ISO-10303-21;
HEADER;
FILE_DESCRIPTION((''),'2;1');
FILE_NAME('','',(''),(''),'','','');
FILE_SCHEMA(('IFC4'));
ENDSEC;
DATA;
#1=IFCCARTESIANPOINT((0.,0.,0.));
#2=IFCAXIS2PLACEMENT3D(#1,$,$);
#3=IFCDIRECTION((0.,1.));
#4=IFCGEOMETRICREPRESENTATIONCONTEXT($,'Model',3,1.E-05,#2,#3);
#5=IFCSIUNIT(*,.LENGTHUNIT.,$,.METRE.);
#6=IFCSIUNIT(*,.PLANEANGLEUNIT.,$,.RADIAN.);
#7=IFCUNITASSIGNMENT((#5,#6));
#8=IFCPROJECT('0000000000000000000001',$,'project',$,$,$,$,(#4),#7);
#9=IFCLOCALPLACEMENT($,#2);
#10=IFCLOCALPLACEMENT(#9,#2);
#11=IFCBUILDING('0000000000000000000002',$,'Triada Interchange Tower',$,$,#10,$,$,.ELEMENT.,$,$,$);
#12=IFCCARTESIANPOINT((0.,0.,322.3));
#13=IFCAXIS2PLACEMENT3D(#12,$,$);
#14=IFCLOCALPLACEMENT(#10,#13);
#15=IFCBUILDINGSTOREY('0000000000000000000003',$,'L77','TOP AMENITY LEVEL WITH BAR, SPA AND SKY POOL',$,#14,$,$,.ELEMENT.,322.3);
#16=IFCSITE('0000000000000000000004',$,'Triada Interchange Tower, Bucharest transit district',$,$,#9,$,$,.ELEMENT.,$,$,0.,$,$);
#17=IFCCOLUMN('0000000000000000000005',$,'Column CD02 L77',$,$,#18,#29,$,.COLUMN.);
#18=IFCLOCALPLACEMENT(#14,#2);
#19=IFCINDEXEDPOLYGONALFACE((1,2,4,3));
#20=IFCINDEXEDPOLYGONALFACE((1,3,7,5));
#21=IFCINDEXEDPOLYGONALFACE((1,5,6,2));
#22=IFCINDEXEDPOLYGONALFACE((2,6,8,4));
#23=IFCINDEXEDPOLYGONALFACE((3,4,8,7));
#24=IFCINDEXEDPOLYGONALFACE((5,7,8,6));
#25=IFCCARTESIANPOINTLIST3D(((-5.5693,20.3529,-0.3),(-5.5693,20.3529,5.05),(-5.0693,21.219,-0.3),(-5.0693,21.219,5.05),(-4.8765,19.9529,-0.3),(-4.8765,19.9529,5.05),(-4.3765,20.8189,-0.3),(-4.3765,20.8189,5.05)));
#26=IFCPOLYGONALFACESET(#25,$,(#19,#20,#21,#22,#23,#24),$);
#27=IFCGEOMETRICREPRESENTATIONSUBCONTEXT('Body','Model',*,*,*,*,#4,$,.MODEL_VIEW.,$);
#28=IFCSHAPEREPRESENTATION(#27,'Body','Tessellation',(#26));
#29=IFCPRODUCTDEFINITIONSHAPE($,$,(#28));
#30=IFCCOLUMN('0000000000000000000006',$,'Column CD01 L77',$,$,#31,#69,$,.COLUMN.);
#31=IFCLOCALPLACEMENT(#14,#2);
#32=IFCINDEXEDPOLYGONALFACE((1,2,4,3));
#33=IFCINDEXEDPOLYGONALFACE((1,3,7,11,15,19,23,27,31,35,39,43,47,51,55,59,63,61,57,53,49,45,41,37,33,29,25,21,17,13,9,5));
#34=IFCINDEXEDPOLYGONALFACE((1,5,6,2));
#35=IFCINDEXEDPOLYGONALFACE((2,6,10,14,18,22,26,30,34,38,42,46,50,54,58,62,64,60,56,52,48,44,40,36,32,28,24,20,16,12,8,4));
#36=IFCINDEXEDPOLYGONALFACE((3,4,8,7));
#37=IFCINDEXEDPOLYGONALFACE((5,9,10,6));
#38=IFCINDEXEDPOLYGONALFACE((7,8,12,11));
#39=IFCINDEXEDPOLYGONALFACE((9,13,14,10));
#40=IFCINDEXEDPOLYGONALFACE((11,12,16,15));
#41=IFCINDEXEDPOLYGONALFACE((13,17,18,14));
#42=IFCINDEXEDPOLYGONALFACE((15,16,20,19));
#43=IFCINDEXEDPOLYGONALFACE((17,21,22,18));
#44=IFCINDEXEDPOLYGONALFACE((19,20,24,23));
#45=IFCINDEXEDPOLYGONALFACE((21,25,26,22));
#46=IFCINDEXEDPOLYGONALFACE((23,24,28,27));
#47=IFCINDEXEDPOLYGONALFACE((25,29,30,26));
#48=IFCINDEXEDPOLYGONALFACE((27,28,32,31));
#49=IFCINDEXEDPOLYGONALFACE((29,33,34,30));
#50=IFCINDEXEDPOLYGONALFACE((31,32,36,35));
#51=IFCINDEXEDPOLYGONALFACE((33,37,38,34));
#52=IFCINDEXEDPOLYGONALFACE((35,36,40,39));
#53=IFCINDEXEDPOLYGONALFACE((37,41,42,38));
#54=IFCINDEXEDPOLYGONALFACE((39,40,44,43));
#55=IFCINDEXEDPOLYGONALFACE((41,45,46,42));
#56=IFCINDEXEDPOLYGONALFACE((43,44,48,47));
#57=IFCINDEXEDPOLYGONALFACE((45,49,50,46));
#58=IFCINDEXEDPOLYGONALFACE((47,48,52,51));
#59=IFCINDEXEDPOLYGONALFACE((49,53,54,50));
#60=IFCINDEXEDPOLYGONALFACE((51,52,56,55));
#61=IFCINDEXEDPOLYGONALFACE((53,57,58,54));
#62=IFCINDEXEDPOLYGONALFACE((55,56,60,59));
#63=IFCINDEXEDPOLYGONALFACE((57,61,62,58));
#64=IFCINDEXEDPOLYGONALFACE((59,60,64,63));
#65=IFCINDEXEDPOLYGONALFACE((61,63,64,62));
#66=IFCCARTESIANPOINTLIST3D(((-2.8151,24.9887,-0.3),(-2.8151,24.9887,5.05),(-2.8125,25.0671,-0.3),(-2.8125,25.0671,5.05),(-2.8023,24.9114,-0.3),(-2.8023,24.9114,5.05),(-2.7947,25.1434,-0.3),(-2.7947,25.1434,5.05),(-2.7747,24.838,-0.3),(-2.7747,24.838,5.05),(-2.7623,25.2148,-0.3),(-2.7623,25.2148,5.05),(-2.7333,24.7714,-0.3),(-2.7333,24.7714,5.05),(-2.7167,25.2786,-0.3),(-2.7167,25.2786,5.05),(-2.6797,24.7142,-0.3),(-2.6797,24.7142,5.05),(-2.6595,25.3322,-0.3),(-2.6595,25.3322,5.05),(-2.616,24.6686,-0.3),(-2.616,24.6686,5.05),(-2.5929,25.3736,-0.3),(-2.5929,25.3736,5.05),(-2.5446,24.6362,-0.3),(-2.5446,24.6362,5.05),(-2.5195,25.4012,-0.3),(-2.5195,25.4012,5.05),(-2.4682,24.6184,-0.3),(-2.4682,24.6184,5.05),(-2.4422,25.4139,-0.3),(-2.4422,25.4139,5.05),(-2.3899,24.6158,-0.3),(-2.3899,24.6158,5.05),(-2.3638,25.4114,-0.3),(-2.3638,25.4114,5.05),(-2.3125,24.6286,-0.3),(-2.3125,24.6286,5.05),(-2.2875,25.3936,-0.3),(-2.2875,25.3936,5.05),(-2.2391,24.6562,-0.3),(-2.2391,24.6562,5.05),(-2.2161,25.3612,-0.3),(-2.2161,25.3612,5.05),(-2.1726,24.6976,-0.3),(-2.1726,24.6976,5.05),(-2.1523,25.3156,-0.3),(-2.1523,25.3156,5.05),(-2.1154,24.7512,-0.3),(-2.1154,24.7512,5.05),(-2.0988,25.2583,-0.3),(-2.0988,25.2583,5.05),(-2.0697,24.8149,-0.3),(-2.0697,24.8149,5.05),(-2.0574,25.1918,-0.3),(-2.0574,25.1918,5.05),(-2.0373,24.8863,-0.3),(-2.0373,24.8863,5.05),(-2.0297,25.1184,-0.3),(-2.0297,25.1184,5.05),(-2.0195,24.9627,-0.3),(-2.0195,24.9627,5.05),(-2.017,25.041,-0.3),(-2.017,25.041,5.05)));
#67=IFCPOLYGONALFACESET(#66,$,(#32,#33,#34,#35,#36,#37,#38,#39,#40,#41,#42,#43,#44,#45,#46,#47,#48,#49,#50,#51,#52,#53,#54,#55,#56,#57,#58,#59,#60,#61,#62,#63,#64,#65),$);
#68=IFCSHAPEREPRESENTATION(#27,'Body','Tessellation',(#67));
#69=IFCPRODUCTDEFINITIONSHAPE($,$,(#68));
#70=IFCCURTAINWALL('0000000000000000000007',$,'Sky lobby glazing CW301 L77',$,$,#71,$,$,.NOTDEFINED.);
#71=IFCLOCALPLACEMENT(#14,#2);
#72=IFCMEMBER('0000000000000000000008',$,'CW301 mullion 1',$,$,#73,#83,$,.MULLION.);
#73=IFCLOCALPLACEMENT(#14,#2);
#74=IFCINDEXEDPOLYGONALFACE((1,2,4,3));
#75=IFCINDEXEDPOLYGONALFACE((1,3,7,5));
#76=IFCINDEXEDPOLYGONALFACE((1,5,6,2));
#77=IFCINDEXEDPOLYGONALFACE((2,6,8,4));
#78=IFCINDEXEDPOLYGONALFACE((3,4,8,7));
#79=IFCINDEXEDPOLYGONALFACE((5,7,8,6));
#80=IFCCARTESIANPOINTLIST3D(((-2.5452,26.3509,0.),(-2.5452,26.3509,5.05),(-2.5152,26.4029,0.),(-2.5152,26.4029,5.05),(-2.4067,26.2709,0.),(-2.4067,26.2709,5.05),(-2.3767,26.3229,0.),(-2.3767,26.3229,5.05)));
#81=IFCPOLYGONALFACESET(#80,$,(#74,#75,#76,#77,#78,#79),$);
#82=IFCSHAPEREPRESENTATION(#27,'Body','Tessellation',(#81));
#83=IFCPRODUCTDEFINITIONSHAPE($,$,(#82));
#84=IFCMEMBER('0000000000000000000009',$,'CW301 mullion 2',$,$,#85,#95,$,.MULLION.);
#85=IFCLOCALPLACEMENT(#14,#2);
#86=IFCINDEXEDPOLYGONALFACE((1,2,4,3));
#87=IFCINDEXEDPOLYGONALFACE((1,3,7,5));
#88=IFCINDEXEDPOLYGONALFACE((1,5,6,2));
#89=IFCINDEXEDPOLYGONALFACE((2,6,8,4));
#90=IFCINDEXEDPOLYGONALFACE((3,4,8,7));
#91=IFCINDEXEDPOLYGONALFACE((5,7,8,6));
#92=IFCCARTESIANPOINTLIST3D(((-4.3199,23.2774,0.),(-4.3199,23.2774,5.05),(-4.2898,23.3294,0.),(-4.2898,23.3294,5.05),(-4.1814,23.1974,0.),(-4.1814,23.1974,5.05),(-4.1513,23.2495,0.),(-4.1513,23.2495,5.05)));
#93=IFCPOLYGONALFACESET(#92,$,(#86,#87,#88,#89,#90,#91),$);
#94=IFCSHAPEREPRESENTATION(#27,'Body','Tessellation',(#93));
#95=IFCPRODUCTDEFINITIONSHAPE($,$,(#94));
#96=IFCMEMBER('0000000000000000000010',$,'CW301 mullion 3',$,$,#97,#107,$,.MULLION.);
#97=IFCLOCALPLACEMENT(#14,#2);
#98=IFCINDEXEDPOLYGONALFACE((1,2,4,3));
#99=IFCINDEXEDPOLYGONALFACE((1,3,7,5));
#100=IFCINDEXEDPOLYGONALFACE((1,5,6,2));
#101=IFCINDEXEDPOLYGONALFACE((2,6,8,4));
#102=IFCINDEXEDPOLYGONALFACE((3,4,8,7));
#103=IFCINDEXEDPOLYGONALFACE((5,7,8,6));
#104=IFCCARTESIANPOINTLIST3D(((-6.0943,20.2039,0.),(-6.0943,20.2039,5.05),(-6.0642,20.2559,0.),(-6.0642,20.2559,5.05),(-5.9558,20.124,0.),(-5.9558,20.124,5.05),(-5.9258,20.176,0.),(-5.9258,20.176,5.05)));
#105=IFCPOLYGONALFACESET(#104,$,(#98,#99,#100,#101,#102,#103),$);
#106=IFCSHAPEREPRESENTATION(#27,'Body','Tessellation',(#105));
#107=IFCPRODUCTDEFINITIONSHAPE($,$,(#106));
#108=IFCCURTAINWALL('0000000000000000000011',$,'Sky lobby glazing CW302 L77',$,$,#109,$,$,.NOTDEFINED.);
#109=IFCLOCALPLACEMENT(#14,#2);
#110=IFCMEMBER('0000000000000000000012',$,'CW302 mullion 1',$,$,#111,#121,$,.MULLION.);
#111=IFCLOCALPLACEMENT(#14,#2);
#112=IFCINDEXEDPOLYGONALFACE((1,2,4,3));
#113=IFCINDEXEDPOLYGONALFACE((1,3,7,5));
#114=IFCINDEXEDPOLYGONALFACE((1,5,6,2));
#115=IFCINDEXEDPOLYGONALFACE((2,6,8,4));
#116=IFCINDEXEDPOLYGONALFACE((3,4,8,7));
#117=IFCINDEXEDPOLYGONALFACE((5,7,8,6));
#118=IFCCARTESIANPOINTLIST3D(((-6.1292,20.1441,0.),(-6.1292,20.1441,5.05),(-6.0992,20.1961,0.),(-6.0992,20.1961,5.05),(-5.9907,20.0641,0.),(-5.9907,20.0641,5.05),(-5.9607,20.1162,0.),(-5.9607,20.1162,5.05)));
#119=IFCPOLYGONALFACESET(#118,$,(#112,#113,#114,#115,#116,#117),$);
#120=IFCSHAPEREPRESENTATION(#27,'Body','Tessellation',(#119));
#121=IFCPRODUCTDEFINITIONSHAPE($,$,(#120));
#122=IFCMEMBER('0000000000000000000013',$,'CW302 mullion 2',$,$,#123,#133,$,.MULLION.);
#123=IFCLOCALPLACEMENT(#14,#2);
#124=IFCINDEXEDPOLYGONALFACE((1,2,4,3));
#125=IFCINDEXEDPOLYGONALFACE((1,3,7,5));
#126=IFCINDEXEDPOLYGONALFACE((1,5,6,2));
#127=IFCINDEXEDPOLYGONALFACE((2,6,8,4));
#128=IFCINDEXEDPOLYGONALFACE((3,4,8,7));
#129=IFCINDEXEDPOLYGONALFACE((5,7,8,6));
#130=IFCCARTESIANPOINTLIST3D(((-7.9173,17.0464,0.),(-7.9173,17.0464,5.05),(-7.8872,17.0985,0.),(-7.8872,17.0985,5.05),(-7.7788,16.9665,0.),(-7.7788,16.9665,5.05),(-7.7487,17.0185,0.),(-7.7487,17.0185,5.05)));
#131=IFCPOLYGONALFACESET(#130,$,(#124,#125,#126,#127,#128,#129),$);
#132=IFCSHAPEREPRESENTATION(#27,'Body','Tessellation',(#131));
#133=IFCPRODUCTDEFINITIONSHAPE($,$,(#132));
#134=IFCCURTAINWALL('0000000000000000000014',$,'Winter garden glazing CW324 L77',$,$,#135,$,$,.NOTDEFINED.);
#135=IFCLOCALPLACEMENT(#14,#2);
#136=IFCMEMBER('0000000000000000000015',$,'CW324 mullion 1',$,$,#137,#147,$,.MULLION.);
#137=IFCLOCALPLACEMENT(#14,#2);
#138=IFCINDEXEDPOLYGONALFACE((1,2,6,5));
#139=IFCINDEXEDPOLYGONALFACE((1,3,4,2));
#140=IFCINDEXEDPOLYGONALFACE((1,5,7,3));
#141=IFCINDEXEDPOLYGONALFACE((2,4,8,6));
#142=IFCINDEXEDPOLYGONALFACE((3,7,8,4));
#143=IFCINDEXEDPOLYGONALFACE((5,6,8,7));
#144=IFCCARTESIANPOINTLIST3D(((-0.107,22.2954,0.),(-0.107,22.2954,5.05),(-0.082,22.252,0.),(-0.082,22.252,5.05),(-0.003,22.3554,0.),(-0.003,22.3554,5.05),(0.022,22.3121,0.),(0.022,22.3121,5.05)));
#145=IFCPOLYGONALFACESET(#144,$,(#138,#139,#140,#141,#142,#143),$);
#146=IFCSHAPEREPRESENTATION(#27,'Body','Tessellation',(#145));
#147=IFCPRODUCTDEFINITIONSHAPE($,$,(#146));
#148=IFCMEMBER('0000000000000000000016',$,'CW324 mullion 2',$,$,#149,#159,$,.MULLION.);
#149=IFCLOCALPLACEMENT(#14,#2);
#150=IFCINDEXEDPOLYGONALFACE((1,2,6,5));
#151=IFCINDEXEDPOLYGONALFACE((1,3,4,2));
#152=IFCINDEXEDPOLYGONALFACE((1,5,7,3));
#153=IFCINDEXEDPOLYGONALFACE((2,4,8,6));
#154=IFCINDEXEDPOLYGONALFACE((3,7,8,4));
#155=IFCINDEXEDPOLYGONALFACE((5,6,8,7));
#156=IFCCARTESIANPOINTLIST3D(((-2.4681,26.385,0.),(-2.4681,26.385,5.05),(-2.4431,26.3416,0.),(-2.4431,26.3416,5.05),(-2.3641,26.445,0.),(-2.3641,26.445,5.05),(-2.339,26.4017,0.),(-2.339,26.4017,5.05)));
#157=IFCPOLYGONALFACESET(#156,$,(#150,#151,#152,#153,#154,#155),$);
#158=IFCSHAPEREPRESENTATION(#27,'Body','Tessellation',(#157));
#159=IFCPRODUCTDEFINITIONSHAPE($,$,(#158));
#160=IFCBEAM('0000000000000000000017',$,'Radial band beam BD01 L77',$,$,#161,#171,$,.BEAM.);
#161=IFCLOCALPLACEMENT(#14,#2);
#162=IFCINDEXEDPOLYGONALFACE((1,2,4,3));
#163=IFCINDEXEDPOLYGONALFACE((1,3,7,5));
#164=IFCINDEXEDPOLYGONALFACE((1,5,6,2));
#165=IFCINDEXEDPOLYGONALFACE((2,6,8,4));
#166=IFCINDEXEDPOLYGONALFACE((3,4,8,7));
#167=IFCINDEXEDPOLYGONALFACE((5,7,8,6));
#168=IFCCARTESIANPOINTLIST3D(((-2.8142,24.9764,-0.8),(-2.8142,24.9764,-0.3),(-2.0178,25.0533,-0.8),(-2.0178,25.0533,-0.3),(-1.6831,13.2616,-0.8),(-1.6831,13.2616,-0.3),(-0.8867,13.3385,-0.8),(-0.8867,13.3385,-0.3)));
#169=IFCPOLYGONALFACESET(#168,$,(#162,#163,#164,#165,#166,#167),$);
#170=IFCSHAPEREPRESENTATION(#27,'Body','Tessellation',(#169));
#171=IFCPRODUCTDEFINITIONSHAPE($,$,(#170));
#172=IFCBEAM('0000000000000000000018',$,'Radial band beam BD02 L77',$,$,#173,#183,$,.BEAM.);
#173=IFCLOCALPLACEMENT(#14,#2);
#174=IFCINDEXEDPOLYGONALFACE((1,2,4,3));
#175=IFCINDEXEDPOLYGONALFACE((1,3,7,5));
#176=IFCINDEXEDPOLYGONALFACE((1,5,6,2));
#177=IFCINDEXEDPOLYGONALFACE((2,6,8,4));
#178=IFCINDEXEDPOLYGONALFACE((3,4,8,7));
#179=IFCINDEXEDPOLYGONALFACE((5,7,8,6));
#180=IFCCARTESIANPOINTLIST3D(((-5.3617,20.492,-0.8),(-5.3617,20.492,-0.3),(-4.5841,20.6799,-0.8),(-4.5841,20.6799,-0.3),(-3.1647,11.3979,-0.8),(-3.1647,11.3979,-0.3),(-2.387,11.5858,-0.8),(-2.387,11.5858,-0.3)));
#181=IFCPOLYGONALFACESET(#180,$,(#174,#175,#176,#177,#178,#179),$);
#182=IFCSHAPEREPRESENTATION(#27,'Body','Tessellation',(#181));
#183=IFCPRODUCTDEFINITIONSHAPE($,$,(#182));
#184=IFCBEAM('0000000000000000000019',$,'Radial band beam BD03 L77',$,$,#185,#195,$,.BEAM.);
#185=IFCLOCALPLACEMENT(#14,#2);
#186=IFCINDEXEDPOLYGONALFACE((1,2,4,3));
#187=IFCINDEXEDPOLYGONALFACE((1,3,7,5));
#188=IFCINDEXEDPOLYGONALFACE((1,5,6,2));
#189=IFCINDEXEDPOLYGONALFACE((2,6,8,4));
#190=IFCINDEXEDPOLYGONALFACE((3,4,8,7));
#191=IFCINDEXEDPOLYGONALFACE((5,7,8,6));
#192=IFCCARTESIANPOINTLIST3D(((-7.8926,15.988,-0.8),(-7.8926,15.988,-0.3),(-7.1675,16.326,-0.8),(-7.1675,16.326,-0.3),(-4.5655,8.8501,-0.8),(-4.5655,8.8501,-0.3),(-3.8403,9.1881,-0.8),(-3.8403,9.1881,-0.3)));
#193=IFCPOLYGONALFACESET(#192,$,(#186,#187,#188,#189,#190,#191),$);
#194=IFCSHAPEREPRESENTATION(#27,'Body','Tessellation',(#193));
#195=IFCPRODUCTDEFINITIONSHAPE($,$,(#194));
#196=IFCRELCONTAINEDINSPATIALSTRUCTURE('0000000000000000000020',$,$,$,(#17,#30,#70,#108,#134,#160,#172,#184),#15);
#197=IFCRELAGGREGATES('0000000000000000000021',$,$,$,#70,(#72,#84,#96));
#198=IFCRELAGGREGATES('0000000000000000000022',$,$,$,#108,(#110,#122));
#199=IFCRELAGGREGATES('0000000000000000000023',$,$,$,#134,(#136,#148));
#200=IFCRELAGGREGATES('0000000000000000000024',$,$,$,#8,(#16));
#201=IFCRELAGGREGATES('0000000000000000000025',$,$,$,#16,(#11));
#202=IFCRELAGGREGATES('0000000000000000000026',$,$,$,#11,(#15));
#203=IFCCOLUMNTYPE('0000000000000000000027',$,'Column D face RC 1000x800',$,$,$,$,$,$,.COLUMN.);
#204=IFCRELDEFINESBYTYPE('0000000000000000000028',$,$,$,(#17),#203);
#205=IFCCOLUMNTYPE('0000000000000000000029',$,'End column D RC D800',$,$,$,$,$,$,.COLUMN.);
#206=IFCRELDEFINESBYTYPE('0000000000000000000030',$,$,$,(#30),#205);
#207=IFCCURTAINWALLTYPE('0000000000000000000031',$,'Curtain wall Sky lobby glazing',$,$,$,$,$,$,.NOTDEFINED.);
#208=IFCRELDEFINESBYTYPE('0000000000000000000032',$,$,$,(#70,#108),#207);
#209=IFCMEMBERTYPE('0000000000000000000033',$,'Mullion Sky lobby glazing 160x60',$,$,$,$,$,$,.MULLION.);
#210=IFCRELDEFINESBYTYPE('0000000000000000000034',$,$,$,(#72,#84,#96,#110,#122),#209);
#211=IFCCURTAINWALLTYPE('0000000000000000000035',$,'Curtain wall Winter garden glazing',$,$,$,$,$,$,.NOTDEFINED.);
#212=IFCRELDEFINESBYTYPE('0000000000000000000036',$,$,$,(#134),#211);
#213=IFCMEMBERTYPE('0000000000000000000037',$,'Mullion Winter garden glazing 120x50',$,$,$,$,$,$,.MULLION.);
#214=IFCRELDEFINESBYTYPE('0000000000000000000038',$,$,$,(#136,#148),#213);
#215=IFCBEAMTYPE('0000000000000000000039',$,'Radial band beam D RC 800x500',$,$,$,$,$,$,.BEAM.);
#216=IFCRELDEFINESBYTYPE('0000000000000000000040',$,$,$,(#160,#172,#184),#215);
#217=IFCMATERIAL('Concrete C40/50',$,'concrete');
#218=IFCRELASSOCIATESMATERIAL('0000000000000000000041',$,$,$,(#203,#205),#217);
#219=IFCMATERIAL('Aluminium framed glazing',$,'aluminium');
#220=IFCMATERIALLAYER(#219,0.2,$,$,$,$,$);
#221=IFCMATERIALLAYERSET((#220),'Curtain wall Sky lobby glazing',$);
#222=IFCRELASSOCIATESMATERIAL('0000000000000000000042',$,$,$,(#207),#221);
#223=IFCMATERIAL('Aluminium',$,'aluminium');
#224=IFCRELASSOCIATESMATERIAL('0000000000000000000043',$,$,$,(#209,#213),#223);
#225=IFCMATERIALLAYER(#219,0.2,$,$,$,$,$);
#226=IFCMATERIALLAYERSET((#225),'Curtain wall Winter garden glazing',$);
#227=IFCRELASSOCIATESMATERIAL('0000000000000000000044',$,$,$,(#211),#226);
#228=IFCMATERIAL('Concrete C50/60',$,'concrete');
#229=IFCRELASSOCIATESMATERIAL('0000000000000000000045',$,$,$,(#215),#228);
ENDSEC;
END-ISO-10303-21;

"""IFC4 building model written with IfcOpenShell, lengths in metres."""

from ifc_helpers import new_model, si_unit, direction, frame, origin, origin_2d, place, context, subcontext, project, spatial, rectangle, circle, extrude, material, layer, layer_set, material_profile, profile_set, type_object, element, aggregate, save


model = new_model("IFC4")

# Units and contexts
model_context = context("Model", 3, precision=1e-05, world=origin(), true_north=direction((0.0, 1.0)))
body_context = subcontext(model_context, "Body", "Model", "MODEL_VIEW")
ifc_project = project(units=[si_unit("LENGTHUNIT", "METRE"), si_unit("PLANEANGLEUNIT", "RADIAN")], contexts=[model_context])

# Site, building, storey
site_placement = place(None, origin())
site = spatial("IfcSite", under=ifc_project, at=site_placement, Name="Triada Interchange Tower, Bucharest transit district", CompositionType="ELEMENT", RefElevation=0.0)
building_placement = place(site_placement, origin())
building = spatial("IfcBuilding", under=site, at=building_placement, Name="Triada Interchange Tower", CompositionType="ELEMENT")
storey_placement = place(building_placement, frame((0.0, 0.0, 322.3)))
storey = spatial("IfcBuildingStorey", under=building, at=storey_placement, Name="L77", Description="TOP AMENITY LEVEL WITH BAR, SPA AND SKY POOL", CompositionType="ELEMENT", Elevation=322.3)

# Columns
ifc_material_1 = material(Name="Concrete C40/50", Category="concrete")
ifc_material_profile_1 = material_profile(ifc_material_1, rectangle(XDim=1.0, YDim=0.8, at=origin_2d()), Name="RC 1000x800")
ifc_profile_set_1 = profile_set([ifc_material_profile_1], Name="Concrete C40/50")
column_type_1 = type_object("IfcColumnType", Name="Column D face RC 1000x800", PredefinedType="COLUMN", material=ifc_profile_set_1)
column_1_placement = place(storey_placement, frame((-4.9729, 20.5859, -0.3), z_axis=(0.0, 0.0, 1.0), x_axis=(0.5, 0.866025, 0.0)))
element("IfcColumn", 1, at=column_1_placement, inside=storey, type_object=column_type_1, Name="Column CD02 L77", PredefinedType="COLUMN", context=body_context, shape_type="SweptSolid", body=[
    extrude(rectangle(XDim=1.0, YDim=0.8, at=origin_2d()), origin(), (0.0, 0.0, 1.0), 5.3501),
])
ifc_material_profile_2 = material_profile(ifc_material_1, circle(Radius=0.3999, at=origin_2d()), Name="RC D800")
ifc_profile_set_2 = profile_set([ifc_material_profile_2], Name="Concrete C40/50")
column_type_2 = type_object("IfcColumnType", Name="End column D RC D800", PredefinedType="COLUMN", material=ifc_profile_set_2)
column_2_placement = place(storey_placement, frame((-2.416, 25.0149, -0.3), z_axis=(0.0, 0.0, 1.0), x_axis=(0.5, 0.866025, 0.0)))
element("IfcColumn", 2, at=column_2_placement, inside=storey, type_object=column_type_2, Name="Column CD01 L77", PredefinedType="COLUMN", context=body_context, shape_type="SweptSolid", body=[
    extrude(circle(Radius=0.3999, at=origin_2d()), origin(), (0.0, 0.0, 1.0), 5.3501),
])

# Curtain walls, members
ifc_material_2 = material(Name="Aluminium framed glazing", Category="aluminium")
ifc_layer_1 = layer(ifc_material_2, 0.2)
ifc_layer_set_1 = layer_set([ifc_layer_1], Name="Curtain wall Sky lobby glazing")
curtain_wall_type_1 = type_object("IfcCurtainWallType", Name="Curtain wall Sky lobby glazing", PredefinedType="NOTDEFINED", material=ifc_layer_set_1)
curtain_wall_1_placement = place(storey_placement, origin())
curtain_wall_1 = element("IfcCurtainWall", 3, at=curtain_wall_1_placement, inside=storey, type_object=curtain_wall_type_1, Name="Sky lobby glazing CW301 L77", PredefinedType="NOTDEFINED")
ifc_material_3 = material(Name="Aluminium", Category="aluminium")
ifc_material_profile_3 = material_profile(ifc_material_3, rectangle(XDim=0.1599, YDim=0.0601, at=origin_2d()), Name="Aluminium mullion")
ifc_profile_set_3 = profile_set([ifc_material_profile_3], Name="Aluminium")
member_type_1 = type_object("IfcMemberType", Name="Mullion Sky lobby glazing 160x60", PredefinedType="MULLION", material=ifc_profile_set_3)
member_1_placement = place(storey_placement, frame((-2.4609, 26.3369, 0.0), z_axis=(0.0, 0.0, 1.0), x_axis=(0.866025, -0.500001, 0.0)))
member_1 = element("IfcMember", 4, at=member_1_placement, type_object=member_type_1, Name="CW301 mullion 1", PredefinedType="MULLION", context=body_context, shape_type="SweptSolid", body=[
    extrude(rectangle(XDim=0.1599, YDim=0.0601, at=origin_2d()), origin(), (0.0, 0.0, 1.0), 5.05),
])
member_2_placement = place(storey_placement, frame((-4.2356, 23.2634, 0.0), z_axis=(0.0, 0.0, 1.0), x_axis=(0.866025, -0.500001, 0.0)))
member_2 = element("IfcMember", 5, at=member_2_placement, type_object=member_type_1, Name="CW301 mullion 2", PredefinedType="MULLION", context=body_context, shape_type="SweptSolid", body=[
    extrude(rectangle(XDim=0.1599, YDim=0.0601, at=origin_2d()), origin(), (0.0, 0.0, 1.0), 5.05),
])
member_3_placement = place(storey_placement, frame((-6.01, 20.1899, 0.0), z_axis=(0.0, 0.0, 1.0), x_axis=(0.866025, -0.500001, 0.0)))
member_3 = element("IfcMember", 6, at=member_3_placement, type_object=member_type_1, Name="CW301 mullion 3", PredefinedType="MULLION", context=body_context, shape_type="SweptSolid", body=[
    extrude(rectangle(XDim=0.1599, YDim=0.0601, at=origin_2d()), origin(), (0.0, 0.0, 1.0), 5.05),
])
curtain_wall_2_placement = place(storey_placement, origin())
curtain_wall_2 = element("IfcCurtainWall", 7, at=curtain_wall_2_placement, inside=storey, type_object=curtain_wall_type_1, Name="Sky lobby glazing CW302 L77", PredefinedType="NOTDEFINED")
member_4_placement = place(storey_placement, frame((-6.0449, 20.1301, 0.0), z_axis=(0.0, 0.0, 1.0), x_axis=(0.866068, -0.499926, 0.0)))
member_4 = element("IfcMember", 8, at=member_4_placement, type_object=member_type_1, Name="CW302 mullion 1", PredefinedType="MULLION", context=body_context, shape_type="SweptSolid", body=[
    extrude(rectangle(XDim=0.1599, YDim=0.0601, at=origin_2d()), origin(), (0.0, 0.0, 1.0), 5.05),
])
member_5_placement = place(storey_placement, frame((-7.833, 17.0325, 0.0), z_axis=(0.0, 0.0, 1.0), x_axis=(0.866068, -0.499926, 0.0)))
member_5 = element("IfcMember", 9, at=member_5_placement, type_object=member_type_1, Name="CW302 mullion 2", PredefinedType="MULLION", context=body_context, shape_type="SweptSolid", body=[
    extrude(rectangle(XDim=0.1599, YDim=0.0601, at=origin_2d()), origin(), (0.0, 0.0, 1.0), 5.05),
])
ifc_layer_2 = layer(ifc_material_2, 0.2)
ifc_layer_set_2 = layer_set([ifc_layer_2], Name="Curtain wall Winter garden glazing")
curtain_wall_type_2 = type_object("IfcCurtainWallType", Name="Curtain wall Winter garden glazing", PredefinedType="NOTDEFINED", material=ifc_layer_set_2)
curtain_wall_3_placement = place(storey_placement, origin())
curtain_wall_3 = element("IfcCurtainWall", 10, at=curtain_wall_3_placement, inside=storey, type_object=curtain_wall_type_2, Name="Winter garden glazing CW324 L77", PredefinedType="NOTDEFINED")
ifc_material_profile_4 = material_profile(ifc_material_3, rectangle(XDim=0.1201, YDim=0.05, at=origin_2d()), Name="Aluminium mullion")
ifc_profile_set_4 = profile_set([ifc_material_profile_4], Name="Aluminium")
member_type_2 = type_object("IfcMemberType", Name="Mullion Winter garden glazing 120x50", PredefinedType="MULLION", material=ifc_profile_set_4)
member_6_placement = place(storey_placement, frame((-0.0425, 22.3037, 0.0), z_axis=(0.0, 0.0, 1.0), x_axis=(-0.866043, -0.49997, 0.0)))
member_6 = element("IfcMember", 11, at=member_6_placement, type_object=member_type_2, Name="CW324 mullion 1", PredefinedType="MULLION", context=body_context, shape_type="SweptSolid", body=[
    extrude(rectangle(XDim=0.1201, YDim=0.05, at=origin_2d()), origin(), (0.0, 0.0, 1.0), 5.05),
])
member_7_placement = place(storey_placement, frame((-2.4036, 26.3933, 0.0), z_axis=(0.0, 0.0, 1.0), x_axis=(-0.866043, -0.49997, 0.0)))
member_7 = element("IfcMember", 12, at=member_7_placement, type_object=member_type_2, Name="CW324 mullion 2", PredefinedType="MULLION", context=body_context, shape_type="SweptSolid", body=[
    extrude(rectangle(XDim=0.1201, YDim=0.05, at=origin_2d()), origin(), (0.0, 0.0, 1.0), 5.05),
])

# Beams
ifc_material_4 = material(Name="Concrete C50/60", Category="concrete")
ifc_material_profile_5 = material_profile(ifc_material_4, rectangle(XDim=0.8, YDim=0.5, at=origin_2d()), Name="RC 800x500")
ifc_profile_set_5 = profile_set([ifc_material_profile_5], Name="Concrete C50/60")
beam_type_1 = type_object("IfcBeamType", Name="Radial band beam D RC 800x500", PredefinedType="BEAM", material=ifc_profile_set_5)
beam_1_placement = place(storey_placement, frame((-2.416, 25.0149, -0.55), z_axis=(0.096106, -0.995371, 0.0), x_axis=(0.995371, 0.096106, 0.0)))
element("IfcBeam", 13, at=beam_1_placement, inside=storey, type_object=beam_type_1, Name="Radial band beam BD01 L77", PredefinedType="BEAM", context=body_context, shape_type="SweptSolid", body=[
    extrude(rectangle(XDim=0.8, YDim=0.5, at=origin_2d()), origin(), (0.0, 0.0, 1.0), 11.7693),
])
beam_2_placement = place(storey_placement, frame((-4.9729, 20.5859, -0.55), z_axis=(0.234834, -0.972035, 0.0), x_axis=(0.972035, 0.234834, 0.0)))
element("IfcBeam", 14, at=beam_2_placement, inside=storey, type_object=beam_type_1, Name="Radial band beam BD02 L77", PredefinedType="BEAM", context=body_context, shape_type="SweptSolid", body=[
    extrude(rectangle(XDim=0.8, YDim=0.5, at=origin_2d()), origin(), (0.0, 0.0, 1.0), 9.3557),
])
beam_3_placement = place(storey_placement, frame((-7.53, 16.157, -0.55), z_axis=(0.42248, -0.906372, 0.0), x_axis=(0.906372, 0.42248, 0.0)))
element("IfcBeam", 15, at=beam_3_placement, inside=storey, type_object=beam_type_1, Name="Radial band beam BD03 L77", PredefinedType="BEAM", context=body_context, shape_type="SweptSolid", body=[
    extrude(rectangle(XDim=0.8, YDim=0.5, at=origin_2d()), origin(), (0.0, 0.0, 1.0), 7.8752),
])

aggregate(curtain_wall_1, [member_1, member_2, member_3])
aggregate(curtain_wall_2, [member_4, member_5])
aggregate(curtain_wall_3, [member_6, member_7])

save(model, "model.ifc")
